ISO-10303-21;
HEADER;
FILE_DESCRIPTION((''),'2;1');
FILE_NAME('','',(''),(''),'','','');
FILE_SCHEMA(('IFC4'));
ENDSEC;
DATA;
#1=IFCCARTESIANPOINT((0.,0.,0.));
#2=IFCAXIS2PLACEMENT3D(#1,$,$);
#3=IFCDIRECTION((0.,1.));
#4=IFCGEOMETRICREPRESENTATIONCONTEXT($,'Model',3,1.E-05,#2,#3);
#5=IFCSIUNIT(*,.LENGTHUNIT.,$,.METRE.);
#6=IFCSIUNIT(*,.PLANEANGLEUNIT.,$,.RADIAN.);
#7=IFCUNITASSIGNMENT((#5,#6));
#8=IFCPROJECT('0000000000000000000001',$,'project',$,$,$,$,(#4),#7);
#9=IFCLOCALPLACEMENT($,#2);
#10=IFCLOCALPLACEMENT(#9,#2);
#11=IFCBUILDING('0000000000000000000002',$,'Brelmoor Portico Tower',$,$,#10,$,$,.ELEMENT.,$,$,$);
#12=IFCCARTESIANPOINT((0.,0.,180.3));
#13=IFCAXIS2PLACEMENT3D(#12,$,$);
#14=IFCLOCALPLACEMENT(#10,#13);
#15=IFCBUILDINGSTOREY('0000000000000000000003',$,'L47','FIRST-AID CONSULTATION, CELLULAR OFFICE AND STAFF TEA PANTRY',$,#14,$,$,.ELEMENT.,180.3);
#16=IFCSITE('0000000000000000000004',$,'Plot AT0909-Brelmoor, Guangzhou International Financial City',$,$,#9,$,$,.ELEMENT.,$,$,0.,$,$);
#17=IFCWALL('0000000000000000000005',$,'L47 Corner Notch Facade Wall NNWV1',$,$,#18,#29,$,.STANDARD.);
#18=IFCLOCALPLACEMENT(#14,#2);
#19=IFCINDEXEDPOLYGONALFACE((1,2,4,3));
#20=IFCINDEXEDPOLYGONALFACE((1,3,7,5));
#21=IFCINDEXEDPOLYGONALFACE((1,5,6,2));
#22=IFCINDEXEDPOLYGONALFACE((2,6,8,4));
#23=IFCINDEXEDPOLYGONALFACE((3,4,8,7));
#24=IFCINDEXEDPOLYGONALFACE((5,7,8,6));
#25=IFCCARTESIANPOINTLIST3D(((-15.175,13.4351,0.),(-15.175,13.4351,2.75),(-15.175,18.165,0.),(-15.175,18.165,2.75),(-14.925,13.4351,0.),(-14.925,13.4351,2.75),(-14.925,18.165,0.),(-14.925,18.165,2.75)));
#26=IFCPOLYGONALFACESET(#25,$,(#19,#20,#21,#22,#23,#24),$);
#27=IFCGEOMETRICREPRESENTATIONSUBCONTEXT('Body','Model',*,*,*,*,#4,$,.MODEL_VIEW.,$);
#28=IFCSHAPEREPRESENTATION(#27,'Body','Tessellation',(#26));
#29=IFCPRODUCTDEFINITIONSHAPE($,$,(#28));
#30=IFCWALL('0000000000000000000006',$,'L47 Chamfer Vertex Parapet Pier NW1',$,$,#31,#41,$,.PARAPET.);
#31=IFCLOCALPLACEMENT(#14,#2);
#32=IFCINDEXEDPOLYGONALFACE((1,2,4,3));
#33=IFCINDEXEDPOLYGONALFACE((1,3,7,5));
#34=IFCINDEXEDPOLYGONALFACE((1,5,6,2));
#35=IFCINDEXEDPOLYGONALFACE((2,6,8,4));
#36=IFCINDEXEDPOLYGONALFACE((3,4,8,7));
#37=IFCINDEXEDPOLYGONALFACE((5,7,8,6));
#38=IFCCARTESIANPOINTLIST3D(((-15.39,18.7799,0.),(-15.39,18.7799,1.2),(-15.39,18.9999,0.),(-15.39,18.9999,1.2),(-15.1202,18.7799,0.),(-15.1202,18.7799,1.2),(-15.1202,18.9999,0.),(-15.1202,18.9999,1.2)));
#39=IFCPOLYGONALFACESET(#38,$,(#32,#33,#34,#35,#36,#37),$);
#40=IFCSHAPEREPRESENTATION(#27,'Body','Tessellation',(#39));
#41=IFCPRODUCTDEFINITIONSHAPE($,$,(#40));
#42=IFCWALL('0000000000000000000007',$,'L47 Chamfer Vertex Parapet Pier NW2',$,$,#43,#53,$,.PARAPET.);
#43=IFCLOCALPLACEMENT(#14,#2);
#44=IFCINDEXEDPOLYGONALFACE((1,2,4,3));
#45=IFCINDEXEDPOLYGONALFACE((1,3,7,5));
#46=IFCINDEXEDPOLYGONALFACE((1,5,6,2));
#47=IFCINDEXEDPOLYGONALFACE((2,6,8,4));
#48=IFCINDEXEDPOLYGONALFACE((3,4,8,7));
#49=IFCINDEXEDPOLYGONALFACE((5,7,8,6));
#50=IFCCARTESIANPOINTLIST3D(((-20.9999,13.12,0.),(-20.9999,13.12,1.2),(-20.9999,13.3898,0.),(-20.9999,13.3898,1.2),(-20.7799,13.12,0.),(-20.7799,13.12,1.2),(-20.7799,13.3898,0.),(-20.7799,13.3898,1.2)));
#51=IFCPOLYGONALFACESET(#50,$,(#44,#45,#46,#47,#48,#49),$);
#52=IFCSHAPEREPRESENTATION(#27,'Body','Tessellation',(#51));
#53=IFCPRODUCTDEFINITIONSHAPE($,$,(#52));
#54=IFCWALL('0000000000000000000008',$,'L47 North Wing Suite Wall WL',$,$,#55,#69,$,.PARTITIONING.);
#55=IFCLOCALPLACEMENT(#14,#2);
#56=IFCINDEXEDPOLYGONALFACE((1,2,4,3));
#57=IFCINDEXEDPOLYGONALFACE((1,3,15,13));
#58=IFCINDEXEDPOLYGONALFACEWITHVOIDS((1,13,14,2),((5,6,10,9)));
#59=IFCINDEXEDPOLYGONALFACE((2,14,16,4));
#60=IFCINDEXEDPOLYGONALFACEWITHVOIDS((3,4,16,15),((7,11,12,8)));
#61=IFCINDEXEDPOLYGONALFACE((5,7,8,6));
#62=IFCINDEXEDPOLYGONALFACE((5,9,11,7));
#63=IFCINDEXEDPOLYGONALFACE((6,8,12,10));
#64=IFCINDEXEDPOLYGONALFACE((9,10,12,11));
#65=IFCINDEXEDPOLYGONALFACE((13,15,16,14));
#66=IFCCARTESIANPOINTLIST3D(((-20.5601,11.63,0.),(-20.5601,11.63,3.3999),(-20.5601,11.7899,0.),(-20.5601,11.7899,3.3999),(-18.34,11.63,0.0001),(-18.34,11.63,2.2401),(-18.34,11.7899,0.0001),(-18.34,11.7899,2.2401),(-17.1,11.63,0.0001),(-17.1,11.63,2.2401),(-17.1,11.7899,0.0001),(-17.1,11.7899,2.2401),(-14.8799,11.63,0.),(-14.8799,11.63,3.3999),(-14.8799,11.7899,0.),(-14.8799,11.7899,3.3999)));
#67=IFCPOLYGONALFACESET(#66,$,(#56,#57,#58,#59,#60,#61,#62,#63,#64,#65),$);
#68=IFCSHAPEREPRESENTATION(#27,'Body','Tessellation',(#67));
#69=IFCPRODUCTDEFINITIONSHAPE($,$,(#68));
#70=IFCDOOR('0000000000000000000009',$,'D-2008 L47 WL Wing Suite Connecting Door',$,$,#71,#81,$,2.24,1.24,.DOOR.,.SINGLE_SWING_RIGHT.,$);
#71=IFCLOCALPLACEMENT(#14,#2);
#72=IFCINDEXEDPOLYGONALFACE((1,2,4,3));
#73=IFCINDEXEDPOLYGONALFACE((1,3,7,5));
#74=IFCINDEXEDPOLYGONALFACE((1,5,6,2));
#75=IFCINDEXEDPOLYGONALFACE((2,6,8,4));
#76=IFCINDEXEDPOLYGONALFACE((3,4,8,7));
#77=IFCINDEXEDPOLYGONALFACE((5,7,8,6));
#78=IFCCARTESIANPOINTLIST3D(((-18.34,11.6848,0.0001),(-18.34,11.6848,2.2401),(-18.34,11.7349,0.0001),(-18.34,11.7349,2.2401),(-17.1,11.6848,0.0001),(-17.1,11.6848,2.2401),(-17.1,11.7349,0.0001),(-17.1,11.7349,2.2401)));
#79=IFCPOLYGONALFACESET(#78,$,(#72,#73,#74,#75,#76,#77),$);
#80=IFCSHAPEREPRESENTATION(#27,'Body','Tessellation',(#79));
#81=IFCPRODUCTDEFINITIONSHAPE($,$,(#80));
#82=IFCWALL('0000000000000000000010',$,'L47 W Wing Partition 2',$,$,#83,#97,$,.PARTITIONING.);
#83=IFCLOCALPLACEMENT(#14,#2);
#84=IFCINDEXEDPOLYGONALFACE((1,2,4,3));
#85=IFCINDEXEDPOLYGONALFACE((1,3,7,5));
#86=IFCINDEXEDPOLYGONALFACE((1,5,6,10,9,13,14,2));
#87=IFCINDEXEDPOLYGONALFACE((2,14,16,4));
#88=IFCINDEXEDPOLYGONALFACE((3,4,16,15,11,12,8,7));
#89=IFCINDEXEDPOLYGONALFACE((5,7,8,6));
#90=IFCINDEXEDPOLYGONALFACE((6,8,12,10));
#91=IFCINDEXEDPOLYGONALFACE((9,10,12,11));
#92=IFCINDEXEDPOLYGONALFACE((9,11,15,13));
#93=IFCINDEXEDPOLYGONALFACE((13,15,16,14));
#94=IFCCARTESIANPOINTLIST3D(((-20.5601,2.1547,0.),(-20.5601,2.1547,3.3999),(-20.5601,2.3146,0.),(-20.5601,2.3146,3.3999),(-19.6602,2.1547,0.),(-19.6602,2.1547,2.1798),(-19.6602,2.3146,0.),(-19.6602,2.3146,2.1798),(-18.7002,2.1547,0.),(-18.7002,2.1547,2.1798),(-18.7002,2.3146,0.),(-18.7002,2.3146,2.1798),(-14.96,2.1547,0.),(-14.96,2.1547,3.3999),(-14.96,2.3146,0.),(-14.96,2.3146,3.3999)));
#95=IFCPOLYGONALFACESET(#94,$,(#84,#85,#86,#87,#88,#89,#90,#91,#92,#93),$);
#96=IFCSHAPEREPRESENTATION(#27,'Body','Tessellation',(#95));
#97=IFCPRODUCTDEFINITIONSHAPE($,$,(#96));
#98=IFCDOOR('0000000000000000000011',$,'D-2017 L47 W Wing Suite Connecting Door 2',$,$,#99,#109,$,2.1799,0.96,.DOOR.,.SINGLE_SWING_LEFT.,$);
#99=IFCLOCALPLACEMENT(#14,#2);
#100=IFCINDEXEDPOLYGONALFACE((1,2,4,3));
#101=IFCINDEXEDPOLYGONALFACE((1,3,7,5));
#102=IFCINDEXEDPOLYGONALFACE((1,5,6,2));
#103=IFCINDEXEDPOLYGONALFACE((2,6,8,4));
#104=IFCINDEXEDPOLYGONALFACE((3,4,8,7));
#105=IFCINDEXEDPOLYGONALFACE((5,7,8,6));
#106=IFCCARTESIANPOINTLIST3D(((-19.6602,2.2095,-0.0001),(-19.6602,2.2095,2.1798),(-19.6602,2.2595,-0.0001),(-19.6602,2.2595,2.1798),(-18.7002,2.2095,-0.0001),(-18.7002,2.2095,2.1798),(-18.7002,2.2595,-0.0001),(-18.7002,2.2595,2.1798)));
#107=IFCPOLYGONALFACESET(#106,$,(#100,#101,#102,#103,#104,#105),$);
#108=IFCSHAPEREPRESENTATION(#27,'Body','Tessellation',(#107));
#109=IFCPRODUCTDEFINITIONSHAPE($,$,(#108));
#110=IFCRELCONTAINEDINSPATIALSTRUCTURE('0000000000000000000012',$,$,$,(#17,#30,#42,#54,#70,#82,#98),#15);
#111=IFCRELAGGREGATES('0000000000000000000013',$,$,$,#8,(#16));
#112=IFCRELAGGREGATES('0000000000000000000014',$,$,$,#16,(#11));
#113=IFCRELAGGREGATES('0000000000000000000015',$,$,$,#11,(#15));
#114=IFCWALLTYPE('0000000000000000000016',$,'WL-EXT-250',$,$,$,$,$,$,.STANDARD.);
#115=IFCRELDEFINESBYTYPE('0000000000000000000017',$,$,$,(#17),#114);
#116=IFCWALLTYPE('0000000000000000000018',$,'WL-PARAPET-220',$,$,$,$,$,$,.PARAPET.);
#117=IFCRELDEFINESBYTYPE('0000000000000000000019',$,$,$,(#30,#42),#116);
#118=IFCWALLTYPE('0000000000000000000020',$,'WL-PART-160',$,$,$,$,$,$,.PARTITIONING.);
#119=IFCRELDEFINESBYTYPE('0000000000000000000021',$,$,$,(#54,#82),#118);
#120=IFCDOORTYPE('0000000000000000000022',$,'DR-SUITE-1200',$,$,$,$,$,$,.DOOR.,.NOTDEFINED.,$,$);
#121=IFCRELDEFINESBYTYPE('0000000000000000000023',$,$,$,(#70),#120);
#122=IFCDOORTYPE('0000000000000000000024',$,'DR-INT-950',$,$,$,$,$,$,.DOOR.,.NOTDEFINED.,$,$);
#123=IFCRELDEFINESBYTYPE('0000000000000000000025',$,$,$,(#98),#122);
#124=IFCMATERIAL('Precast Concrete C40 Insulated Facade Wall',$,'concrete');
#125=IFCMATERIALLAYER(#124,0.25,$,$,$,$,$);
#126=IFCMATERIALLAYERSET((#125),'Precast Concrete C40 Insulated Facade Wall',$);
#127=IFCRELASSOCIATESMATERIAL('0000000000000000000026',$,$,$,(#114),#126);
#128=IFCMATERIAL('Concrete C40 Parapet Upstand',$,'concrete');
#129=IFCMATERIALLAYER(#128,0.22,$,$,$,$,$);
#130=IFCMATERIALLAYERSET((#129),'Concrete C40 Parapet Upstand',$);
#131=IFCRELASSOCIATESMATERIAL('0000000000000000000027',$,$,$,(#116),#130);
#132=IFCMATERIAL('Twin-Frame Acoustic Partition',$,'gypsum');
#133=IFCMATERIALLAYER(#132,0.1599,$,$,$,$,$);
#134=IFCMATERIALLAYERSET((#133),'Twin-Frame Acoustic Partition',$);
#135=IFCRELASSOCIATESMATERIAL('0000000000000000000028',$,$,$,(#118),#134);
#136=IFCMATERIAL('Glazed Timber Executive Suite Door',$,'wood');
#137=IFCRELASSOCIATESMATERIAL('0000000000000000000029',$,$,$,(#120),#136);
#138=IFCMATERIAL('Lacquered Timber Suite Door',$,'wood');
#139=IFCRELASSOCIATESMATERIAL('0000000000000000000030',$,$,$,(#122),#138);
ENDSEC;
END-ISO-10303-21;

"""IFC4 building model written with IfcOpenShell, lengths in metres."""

from ifc_helpers import new_model, si_unit, direction, frame, frame_2d, origin, place, context, subcontext, project, spatial, rectangle, extrude, material, layer, layer_set, type_object, element, fill, save


model = new_model("IFC4")

# Units and contexts
model_context = context("Model", 3, precision=1e-05, world=origin(), true_north=direction((0.0, 1.0)))
body_context = subcontext(model_context, "Body", "Model", "MODEL_VIEW")
ifc_project = project(units=[si_unit("LENGTHUNIT", "METRE"), si_unit("PLANEANGLEUNIT", "RADIAN")], contexts=[model_context])

# Site, building, storey
site_placement = place(None, origin())
site = spatial("IfcSite", under=ifc_project, at=site_placement, Name="Plot AT0909-Brelmoor, Guangzhou International Financial City", CompositionType="ELEMENT", RefElevation=0.0)
building_placement = place(site_placement, origin())
building = spatial("IfcBuilding", under=site, at=building_placement, Name="Brelmoor Portico Tower", CompositionType="ELEMENT")
storey_placement = place(building_placement, frame((0.0, 0.0, 180.3)))
storey = spatial("IfcBuildingStorey", under=building, at=storey_placement, Name="L47", Description="FIRST-AID CONSULTATION, CELLULAR OFFICE AND STAFF TEA PANTRY", CompositionType="ELEMENT", Elevation=180.3)

# Walls
ifc_material_1 = material(Name="Precast Concrete C40 Insulated Facade Wall", Category="concrete")
ifc_layer_1 = layer(ifc_material_1, 0.25)
ifc_layer_set_1 = layer_set([ifc_layer_1], Name="Precast Concrete C40 Insulated Facade Wall")
wall_type_1 = type_object("IfcWallType", Name="WL-EXT-250", PredefinedType="STANDARD", material=ifc_layer_set_1)
for number, where, z_axis, x_axis, name in (
    (1, (-15.05, 13.4351, 0.0), (0.0, 0.0, 1.0), (0.0, 1.0, 0.0), "L47 Corner Notch Facade Wall NNWV1"),
):
    element("IfcWall", number, at=place(storey_placement, frame(where, z_axis=z_axis, x_axis=x_axis)), inside=storey, type_object=wall_type_1, Name=name, PredefinedType="STANDARD", context=body_context, shape_type="SweptSolid", body=[
        extrude(rectangle(XDim=4.73, YDim=0.25, at=frame_2d((2.365, 0.0))), origin(), (0.0, 0.0, 1.0), 2.75),
    ])
ifc_material_2 = material(Name="Concrete C40 Parapet Upstand", Category="concrete")
ifc_layer_2 = layer(ifc_material_2, 0.22)
ifc_layer_set_2 = layer_set([ifc_layer_2], Name="Concrete C40 Parapet Upstand")
wall_type_2 = type_object("IfcWallType", Name="WL-PARAPET-220", PredefinedType="PARAPET", material=ifc_layer_set_2)
for number, where, z_axis, x_axis, name in (
    (2, (-15.3899, 18.8899, 0.0), (0.0, 0.0, 1.0), (1.0, 0.0, 0.0), "L47 Chamfer Vertex Parapet Pier NW1"),
    (3, (-20.8899, 13.1201, 0.0), (0.0, 0.0, 1.0), (0.0, 1.0, 0.0), "L47 Chamfer Vertex Parapet Pier NW2"),
):
    element("IfcWall", number, at=place(storey_placement, frame(where, z_axis=z_axis, x_axis=x_axis)), inside=storey, type_object=wall_type_2, Name=name, PredefinedType="PARAPET", context=body_context, shape_type="SweptSolid", body=[
        extrude(rectangle(XDim=0.2698, YDim=0.22, at=frame_2d((0.1348, 0.0))), origin(), (0.0, 0.0, 1.0), 1.2),
    ])

# Walls, openings, doors
ifc_material_3 = material(Name="Twin-Frame Acoustic Partition", Category="gypsum")
ifc_layer_3 = layer(ifc_material_3, 0.1599)
ifc_layer_set_3 = layer_set([ifc_layer_3], Name="Twin-Frame Acoustic Partition")
wall_type_3 = type_object("IfcWallType", Name="WL-PART-160", PredefinedType="PARTITIONING", material=ifc_layer_set_3)
wall_1_placement = place(storey_placement, frame((-20.5601, 11.71, 0.0), z_axis=(0.0, 0.0, 1.0), x_axis=(1.0, 0.0, 0.0)))
wall_1 = element("IfcWall", 4, at=wall_1_placement, inside=storey, type_object=wall_type_3, Name="L47 North Wing Suite Wall WL", PredefinedType="PARTITIONING", context=body_context, shape_type="SweptSolid", body=[
    extrude(rectangle(XDim=5.6802, YDim=0.1599, at=frame_2d((2.8401, 0.0))), origin(), (0.0, 0.0, 1.0), 3.3999),
])
opening_1_placement = place(wall_1_placement, frame((2.22, 0.0, 0.0)))
opening_1 = element("IfcOpeningElement", 5, at=opening_1_placement, cuts=wall_1, PredefinedType="OPENING", context=body_context, shape_type="SweptSolid", body=[
    extrude(rectangle(XDim=1.24, YDim=2.24, at=frame_2d((0.6201, 1.1201))), frame((0.0, 0.0898, 0.0), z_axis=(0.0, -1.0, 0.0), x_axis=(1.0, 0.0, 0.0)), (0.0, 0.0, 1.0), 0.1799),
])
ifc_material_4 = material(Name="Glazed Timber Executive Suite Door", Category="wood")
door_type_1 = type_object("IfcDoorType", Name="DR-SUITE-1200", OperationType="NOTDEFINED", PredefinedType="DOOR", material=ifc_material_4)
door_1_placement = place(opening_1_placement, origin())
door_1 = element("IfcDoor", 6, at=door_1_placement, inside=storey, type_object=door_type_1, Name="D-2008 L47 WL Wing Suite Connecting Door", OperationType="SINGLE_SWING_RIGHT", OverallHeight=2.24, OverallWidth=1.24, PredefinedType="DOOR", context=body_context, shape_type="SweptSolid", body=[
    extrude(rectangle(XDim=1.24, YDim=2.24, at=frame_2d((0.6201, 1.1201))), frame((0.0, 0.0249, 0.0), z_axis=(0.0, -1.0, 0.0), x_axis=(1.0, 0.0, 0.0)), (0.0, 0.0, 1.0), 0.05),
])
fill(opening_1, door_1)
wall_2_placement = place(storey_placement, frame((-20.5601, 2.2346, 0.0), z_axis=(0.0, 0.0, 1.0), x_axis=(1.0, 0.0, 0.0)))
wall_2 = element("IfcWall", 7, at=wall_2_placement, inside=storey, type_object=wall_type_3, Name="L47 W Wing Partition 2", PredefinedType="PARTITIONING", context=body_context, shape_type="SweptSolid", body=[
    extrude(rectangle(XDim=5.6001, YDim=0.1599, at=frame_2d((2.8, 0.0))), origin(), (0.0, 0.0, 1.0), 3.3999),
])
opening_2_placement = place(wall_2_placement, frame((0.8999, 0.0, 0.0)))
opening_2 = element("IfcOpeningElement", 8, at=opening_2_placement, cuts=wall_2, PredefinedType="OPENING", context=body_context, shape_type="SweptSolid", body=[
    extrude(rectangle(XDim=0.96, YDim=2.1799, at=frame_2d((0.48, 1.0898))), frame((0.0, 0.0898, 0.0), z_axis=(0.0, -1.0, 0.0), x_axis=(1.0, 0.0, 0.0)), (0.0, 0.0, 1.0), 0.1799),
])
ifc_material_5 = material(Name="Lacquered Timber Suite Door", Category="wood")
door_type_2 = type_object("IfcDoorType", Name="DR-INT-950", OperationType="NOTDEFINED", PredefinedType="DOOR", material=ifc_material_5)
door_2_placement = place(opening_2_placement, origin())
door_2 = element("IfcDoor", 9, at=door_2_placement, inside=storey, type_object=door_type_2, Name="D-2017 L47 W Wing Suite Connecting Door 2", OperationType="SINGLE_SWING_LEFT", OverallHeight=2.1799, OverallWidth=0.96, PredefinedType="DOOR", context=body_context, shape_type="SweptSolid", body=[
    extrude(rectangle(XDim=0.96, YDim=2.1799, at=frame_2d((0.48, 1.0898))), frame((0.0, 0.0249, 0.0), z_axis=(0.0, -1.0, 0.0), x_axis=(1.0, 0.0, 0.0)), (0.0, 0.0, 1.0), 0.05),
])
fill(opening_2, door_2)

save(model, "model.ifc")
